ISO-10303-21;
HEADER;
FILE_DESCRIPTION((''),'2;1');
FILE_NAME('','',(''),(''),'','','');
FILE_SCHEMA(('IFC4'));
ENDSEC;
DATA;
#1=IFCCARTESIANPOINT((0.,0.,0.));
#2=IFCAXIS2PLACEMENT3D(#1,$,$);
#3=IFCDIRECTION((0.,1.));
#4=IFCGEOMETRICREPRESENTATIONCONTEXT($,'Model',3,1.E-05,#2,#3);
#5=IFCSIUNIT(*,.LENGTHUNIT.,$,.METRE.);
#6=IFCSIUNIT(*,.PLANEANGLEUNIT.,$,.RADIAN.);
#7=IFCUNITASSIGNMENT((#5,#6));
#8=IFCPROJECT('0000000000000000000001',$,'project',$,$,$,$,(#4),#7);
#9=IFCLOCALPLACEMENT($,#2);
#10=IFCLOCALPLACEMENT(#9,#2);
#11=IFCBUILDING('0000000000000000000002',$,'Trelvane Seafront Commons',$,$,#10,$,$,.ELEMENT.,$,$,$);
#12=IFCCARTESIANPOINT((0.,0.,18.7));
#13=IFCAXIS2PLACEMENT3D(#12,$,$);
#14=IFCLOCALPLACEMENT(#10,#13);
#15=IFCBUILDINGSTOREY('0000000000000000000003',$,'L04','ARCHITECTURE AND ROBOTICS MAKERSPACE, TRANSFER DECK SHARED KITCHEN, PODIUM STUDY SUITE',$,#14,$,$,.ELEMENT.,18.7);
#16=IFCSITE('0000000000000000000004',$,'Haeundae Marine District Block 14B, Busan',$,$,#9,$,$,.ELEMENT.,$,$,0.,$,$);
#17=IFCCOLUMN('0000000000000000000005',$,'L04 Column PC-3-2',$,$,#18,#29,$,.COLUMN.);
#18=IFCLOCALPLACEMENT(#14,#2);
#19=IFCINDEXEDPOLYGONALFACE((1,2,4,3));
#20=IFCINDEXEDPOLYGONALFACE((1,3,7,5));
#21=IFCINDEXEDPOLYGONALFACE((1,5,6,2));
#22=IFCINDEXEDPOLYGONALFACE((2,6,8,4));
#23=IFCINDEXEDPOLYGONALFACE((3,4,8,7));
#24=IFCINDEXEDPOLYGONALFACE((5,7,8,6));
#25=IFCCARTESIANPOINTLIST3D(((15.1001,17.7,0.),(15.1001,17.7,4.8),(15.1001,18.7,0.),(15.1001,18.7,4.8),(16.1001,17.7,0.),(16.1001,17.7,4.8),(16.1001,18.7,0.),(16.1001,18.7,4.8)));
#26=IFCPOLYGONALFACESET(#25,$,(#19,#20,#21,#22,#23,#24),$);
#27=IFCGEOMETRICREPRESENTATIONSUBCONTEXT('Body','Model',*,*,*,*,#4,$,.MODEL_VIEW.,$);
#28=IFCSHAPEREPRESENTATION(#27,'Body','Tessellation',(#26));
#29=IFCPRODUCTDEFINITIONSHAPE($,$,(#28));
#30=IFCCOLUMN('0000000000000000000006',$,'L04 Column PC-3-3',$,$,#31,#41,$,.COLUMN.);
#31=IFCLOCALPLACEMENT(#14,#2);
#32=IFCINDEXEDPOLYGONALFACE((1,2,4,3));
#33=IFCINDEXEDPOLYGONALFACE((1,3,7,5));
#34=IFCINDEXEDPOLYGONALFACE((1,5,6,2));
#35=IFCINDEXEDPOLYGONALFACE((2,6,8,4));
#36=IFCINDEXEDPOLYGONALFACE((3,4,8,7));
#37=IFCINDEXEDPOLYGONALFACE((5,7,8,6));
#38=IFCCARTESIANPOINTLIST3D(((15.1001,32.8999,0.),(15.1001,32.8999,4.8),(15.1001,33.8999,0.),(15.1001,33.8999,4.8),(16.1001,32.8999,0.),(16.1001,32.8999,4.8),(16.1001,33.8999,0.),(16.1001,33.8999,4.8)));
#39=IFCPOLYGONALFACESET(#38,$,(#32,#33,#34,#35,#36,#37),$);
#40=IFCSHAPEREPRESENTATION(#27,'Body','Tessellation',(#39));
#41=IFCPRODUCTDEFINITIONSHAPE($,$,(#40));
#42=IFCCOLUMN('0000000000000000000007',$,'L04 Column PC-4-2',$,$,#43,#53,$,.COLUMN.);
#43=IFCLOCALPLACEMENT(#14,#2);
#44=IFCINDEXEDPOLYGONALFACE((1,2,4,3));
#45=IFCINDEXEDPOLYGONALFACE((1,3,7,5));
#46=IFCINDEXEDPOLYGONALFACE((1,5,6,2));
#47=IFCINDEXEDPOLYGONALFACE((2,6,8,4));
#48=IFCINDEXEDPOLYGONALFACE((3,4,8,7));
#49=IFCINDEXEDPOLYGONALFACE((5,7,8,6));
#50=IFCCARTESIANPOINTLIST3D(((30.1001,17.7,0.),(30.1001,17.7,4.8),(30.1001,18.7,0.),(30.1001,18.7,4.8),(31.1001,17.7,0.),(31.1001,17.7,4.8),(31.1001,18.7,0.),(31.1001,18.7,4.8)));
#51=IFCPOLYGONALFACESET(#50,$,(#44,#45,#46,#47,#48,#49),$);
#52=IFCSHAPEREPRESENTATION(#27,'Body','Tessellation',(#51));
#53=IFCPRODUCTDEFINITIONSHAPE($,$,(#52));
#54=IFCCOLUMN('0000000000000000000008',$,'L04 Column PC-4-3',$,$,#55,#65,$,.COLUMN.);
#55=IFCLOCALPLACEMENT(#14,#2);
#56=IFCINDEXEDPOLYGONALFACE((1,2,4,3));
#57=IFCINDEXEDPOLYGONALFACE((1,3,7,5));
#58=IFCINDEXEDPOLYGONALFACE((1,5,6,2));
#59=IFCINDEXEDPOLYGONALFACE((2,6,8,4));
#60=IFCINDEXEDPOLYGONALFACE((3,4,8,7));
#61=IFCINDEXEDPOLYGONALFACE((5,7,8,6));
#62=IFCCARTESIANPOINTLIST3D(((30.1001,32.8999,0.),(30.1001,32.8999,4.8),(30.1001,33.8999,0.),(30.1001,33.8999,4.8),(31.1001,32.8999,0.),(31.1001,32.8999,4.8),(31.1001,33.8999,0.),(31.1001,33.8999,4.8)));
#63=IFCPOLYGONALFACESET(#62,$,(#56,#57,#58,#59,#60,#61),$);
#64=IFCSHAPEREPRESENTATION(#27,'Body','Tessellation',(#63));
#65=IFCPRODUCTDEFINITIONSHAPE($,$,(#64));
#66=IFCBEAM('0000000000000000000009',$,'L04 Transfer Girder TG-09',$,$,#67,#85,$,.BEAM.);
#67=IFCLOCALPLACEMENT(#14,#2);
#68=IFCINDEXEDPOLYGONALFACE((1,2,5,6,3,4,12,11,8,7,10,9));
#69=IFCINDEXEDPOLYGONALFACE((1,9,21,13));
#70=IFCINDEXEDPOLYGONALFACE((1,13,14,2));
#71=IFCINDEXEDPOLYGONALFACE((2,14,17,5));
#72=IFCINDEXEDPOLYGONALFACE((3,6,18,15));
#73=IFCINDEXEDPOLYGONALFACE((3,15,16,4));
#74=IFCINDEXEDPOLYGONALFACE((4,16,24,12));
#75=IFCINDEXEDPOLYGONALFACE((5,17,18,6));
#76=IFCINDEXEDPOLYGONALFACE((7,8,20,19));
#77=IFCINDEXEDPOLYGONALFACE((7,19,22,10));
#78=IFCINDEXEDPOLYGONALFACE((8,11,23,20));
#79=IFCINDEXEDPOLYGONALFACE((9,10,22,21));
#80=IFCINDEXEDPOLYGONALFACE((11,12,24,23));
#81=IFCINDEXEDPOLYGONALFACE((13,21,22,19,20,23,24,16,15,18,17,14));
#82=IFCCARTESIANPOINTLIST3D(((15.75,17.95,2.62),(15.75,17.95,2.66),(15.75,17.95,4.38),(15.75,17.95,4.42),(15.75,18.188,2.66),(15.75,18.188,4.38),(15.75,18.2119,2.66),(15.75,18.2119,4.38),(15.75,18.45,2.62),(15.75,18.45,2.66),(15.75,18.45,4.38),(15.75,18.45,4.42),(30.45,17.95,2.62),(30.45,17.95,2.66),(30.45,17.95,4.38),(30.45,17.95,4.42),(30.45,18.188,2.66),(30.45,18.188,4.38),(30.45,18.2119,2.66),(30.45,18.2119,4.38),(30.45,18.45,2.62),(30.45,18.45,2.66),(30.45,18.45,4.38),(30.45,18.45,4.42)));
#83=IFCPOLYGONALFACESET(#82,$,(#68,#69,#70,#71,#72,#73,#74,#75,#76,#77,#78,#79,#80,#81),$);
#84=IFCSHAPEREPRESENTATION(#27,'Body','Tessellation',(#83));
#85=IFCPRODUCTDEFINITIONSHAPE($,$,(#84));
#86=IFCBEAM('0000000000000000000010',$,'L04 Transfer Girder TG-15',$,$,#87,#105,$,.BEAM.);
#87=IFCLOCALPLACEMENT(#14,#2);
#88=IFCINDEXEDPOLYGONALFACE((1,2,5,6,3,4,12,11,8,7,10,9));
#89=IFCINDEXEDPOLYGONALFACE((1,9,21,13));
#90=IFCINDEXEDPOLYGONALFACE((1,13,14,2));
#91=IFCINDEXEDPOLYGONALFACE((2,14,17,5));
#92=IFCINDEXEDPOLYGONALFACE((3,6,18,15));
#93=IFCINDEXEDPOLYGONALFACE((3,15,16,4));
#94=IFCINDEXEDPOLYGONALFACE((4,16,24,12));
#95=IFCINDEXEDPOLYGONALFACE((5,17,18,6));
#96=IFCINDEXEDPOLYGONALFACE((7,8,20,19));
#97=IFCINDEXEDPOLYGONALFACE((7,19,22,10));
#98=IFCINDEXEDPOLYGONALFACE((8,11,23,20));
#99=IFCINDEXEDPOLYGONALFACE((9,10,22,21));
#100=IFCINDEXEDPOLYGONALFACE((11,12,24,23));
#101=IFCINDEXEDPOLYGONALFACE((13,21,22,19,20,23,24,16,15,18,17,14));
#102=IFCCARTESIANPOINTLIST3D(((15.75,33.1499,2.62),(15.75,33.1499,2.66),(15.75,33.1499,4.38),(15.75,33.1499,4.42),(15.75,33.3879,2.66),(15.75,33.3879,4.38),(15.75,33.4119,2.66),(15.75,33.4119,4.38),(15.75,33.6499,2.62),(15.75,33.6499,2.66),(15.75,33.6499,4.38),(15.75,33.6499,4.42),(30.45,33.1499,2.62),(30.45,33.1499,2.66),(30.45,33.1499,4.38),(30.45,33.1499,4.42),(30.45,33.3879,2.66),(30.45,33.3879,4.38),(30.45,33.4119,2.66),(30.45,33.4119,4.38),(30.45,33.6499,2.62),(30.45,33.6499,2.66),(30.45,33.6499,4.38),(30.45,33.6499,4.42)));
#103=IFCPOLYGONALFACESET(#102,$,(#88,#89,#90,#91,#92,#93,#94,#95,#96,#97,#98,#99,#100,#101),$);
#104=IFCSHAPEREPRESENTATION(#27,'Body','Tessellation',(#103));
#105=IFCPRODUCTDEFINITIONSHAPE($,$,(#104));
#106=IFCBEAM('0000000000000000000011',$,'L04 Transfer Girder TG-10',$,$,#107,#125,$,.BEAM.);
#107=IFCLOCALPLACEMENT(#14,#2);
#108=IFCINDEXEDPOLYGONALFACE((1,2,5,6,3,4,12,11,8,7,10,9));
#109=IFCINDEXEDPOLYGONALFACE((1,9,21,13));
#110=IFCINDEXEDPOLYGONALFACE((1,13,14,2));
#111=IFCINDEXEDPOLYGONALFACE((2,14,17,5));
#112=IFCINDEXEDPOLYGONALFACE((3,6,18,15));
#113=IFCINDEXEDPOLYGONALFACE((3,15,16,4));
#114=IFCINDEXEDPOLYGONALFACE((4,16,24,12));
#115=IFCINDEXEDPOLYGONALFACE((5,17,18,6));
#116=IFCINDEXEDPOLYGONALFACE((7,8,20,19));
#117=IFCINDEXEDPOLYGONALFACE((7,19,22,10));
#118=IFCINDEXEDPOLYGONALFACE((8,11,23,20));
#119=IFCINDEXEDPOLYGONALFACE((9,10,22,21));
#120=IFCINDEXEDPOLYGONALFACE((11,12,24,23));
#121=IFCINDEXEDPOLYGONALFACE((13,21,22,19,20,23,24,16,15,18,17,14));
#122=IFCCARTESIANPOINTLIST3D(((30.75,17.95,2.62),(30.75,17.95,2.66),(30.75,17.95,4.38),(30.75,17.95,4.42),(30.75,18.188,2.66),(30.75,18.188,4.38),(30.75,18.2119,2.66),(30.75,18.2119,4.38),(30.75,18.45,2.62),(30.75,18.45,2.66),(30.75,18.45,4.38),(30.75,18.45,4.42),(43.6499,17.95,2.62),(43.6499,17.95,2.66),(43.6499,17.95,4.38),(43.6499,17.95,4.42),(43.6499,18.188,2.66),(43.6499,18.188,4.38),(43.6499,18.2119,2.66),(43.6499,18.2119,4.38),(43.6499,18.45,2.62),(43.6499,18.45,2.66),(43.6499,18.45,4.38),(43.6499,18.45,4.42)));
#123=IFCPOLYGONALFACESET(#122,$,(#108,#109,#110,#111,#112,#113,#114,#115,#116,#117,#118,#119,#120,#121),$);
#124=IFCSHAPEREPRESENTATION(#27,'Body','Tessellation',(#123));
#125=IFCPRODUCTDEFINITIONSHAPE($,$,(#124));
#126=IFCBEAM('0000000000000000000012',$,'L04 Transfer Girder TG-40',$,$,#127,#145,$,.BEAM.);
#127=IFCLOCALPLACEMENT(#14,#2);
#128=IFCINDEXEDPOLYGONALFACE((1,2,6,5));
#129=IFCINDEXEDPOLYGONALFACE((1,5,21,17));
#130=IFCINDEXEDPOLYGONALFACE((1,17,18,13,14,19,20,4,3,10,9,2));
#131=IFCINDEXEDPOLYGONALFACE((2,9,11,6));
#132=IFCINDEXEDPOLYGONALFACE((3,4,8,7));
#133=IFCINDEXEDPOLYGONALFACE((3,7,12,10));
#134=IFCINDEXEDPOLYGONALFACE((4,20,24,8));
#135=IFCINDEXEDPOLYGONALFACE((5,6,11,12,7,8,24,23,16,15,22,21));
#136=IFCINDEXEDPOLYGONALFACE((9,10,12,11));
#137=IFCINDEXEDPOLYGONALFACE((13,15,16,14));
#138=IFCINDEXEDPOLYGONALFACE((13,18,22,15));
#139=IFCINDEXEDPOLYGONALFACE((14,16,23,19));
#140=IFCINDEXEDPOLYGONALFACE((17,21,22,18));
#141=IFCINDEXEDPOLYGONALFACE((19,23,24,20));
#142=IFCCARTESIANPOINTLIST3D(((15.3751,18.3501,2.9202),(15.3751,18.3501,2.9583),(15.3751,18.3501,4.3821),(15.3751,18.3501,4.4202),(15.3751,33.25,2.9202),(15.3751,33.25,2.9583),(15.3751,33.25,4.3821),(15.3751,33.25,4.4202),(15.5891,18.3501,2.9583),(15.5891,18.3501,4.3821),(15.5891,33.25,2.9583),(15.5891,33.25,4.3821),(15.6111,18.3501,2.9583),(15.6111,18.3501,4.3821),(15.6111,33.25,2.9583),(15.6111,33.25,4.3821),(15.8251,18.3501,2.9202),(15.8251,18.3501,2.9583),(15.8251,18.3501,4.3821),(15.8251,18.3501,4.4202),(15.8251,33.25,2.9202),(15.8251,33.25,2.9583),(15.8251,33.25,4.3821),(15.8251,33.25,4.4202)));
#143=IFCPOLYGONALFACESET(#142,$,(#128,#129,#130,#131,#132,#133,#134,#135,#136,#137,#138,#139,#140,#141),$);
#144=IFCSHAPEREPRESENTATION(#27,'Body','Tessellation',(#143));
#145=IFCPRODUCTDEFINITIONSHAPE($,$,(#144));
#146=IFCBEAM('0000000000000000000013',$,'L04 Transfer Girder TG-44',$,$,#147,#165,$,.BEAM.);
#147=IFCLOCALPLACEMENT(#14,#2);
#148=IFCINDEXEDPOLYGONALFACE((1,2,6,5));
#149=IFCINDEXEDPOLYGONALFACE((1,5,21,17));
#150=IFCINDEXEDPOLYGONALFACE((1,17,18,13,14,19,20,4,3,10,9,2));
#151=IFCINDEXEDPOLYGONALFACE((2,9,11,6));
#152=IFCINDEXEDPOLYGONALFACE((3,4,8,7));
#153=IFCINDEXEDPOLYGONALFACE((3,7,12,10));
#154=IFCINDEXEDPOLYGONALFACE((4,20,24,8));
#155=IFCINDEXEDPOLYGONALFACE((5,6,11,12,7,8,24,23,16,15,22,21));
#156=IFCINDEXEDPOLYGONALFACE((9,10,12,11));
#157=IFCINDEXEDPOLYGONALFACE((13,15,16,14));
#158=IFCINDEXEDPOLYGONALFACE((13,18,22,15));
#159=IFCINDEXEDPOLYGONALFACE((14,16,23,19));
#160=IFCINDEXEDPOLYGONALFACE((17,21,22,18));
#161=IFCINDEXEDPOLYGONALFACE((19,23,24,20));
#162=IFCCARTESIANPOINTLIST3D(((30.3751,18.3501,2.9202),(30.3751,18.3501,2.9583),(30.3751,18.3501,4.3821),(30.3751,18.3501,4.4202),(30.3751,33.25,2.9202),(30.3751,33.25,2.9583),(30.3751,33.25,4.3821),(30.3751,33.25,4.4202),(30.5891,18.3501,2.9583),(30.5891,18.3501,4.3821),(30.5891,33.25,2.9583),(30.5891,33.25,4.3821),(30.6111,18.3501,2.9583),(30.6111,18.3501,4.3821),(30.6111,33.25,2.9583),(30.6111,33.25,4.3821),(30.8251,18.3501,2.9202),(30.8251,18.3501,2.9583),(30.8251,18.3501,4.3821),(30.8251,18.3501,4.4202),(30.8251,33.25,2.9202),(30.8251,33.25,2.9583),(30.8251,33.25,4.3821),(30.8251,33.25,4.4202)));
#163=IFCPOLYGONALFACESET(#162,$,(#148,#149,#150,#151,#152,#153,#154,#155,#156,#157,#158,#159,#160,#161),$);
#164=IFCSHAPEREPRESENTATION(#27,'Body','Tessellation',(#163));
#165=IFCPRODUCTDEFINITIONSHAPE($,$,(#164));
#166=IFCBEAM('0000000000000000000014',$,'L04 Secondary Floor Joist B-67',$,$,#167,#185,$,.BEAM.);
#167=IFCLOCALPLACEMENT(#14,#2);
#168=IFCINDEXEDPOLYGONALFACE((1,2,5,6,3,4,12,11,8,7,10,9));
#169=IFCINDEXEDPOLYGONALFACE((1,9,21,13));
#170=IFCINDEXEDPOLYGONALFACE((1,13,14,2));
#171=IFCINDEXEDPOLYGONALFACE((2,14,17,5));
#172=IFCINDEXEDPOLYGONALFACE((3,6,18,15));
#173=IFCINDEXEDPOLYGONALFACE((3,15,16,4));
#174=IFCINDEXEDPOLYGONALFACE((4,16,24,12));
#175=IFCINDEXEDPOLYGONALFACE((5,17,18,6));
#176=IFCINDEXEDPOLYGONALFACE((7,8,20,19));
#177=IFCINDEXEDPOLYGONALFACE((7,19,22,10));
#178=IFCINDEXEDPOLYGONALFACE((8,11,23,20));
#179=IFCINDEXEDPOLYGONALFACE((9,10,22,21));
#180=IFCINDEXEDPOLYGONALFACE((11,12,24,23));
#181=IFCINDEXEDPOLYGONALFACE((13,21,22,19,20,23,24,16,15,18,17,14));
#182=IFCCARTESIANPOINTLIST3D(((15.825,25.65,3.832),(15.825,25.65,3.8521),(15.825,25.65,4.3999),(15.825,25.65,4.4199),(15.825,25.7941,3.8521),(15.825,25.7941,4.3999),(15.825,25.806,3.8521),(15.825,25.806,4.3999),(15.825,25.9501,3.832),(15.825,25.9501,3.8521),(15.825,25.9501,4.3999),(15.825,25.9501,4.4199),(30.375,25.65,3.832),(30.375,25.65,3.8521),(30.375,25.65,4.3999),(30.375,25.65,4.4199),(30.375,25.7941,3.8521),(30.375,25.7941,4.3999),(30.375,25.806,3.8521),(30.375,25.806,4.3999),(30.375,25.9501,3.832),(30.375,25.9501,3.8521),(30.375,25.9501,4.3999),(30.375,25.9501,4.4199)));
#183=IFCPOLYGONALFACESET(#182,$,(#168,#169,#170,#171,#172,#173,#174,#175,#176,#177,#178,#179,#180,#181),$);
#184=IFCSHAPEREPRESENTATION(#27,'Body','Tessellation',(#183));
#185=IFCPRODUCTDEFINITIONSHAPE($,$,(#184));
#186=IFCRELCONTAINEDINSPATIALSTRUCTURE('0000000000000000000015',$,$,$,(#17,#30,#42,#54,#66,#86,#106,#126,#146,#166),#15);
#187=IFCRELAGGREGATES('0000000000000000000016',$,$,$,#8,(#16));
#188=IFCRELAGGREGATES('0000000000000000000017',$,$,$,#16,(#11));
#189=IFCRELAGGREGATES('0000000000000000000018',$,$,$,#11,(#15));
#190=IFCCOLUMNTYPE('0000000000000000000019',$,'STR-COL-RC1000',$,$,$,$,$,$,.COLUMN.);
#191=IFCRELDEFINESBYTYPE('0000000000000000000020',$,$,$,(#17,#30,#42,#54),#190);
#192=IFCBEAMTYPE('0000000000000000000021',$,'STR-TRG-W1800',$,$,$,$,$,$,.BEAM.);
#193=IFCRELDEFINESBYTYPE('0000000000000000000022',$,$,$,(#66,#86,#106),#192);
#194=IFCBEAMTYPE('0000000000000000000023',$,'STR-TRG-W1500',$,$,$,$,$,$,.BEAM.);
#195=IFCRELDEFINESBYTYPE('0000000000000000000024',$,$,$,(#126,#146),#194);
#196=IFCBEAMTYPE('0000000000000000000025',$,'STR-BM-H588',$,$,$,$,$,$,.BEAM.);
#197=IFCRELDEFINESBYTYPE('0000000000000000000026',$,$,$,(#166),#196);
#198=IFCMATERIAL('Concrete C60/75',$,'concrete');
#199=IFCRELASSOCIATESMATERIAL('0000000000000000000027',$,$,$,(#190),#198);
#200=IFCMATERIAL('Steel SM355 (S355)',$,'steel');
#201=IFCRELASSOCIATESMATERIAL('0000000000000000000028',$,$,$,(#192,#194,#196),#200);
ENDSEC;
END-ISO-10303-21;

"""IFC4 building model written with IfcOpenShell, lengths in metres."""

from ifc_helpers import new_model, si_unit, direction, frame, origin, origin_2d, place, context, subcontext, project, spatial, rectangle, i_section, extrude, source, transform, mapped, material, material_profile, profile_set, type_object, element, save


model = new_model("IFC4")

# Units and contexts
model_context = context("Model", 3, precision=1e-05, world=origin(), true_north=direction((0.0, 1.0)))
body_context = subcontext(model_context, "Body", "Model", "MODEL_VIEW")
ifc_project = project(units=[si_unit("LENGTHUNIT", "METRE"), si_unit("PLANEANGLEUNIT", "RADIAN")], contexts=[model_context])

# Site, building, storey
site_placement = place(None, origin())
site = spatial("IfcSite", under=ifc_project, at=site_placement, Name="Haeundae Marine District Block 14B, Busan", CompositionType="ELEMENT", RefElevation=0.0)
building_placement = place(site_placement, origin())
building = spatial("IfcBuilding", under=site, at=building_placement, Name="Trelvane Seafront Commons", CompositionType="ELEMENT")
storey_placement = place(building_placement, frame((0.0, 0.0, 18.7)))
storey = spatial("IfcBuildingStorey", under=building, at=storey_placement, Name="L04", Description="ARCHITECTURE AND ROBOTICS MAKERSPACE, TRANSFER DECK SHARED KITCHEN, PODIUM STUDY SUITE", CompositionType="ELEMENT", Elevation=18.7)

# Columns
ifc_material_1 = material(Name="Concrete C60/75", Category="concrete")
ifc_material_profile_1 = material_profile(ifc_material_1, rectangle(XDim=1.0, YDim=1.0, at=origin_2d()), Name="RC-1000x1000")
ifc_profile_set_1 = profile_set([ifc_material_profile_1], Name="Concrete C60/75")
column_type = type_object("IfcColumnType", Name="STR-COL-RC1000", PredefinedType="COLUMN", material=ifc_profile_set_1)
shared_shape_1 = source(origin(), body_context, "Body", "SweptSolid", [
    extrude(rectangle(XDim=1.0, YDim=1.0, at=origin_2d()), origin(), (0.0, 0.0, 1.0), 4.8),
])
for number, where, z_axis, x_axis, name in (
    (1, (15.6001, 18.2, 0.0), (0.0, 0.0, 1.0), (1.0, 0.0, 0.0), "L04 Column PC-3-2"),
    (2, (15.6001, 33.3999, 0.0), (0.0, 0.0, 1.0), (1.0, 0.0, 0.0), "L04 Column PC-3-3"),
    (3, (30.6001, 18.2, 0.0), (0.0, 0.0, 1.0), (1.0, 0.0, 0.0), "L04 Column PC-4-2"),
    (4, (30.6001, 33.3999, 0.0), (0.0, 0.0, 1.0), (1.0, 0.0, 0.0), "L04 Column PC-4-3"),
):
    element("IfcColumn", number, at=place(storey_placement, frame(where, z_axis=z_axis, x_axis=x_axis)), inside=storey, type_object=column_type, Name=name, PredefinedType="COLUMN", context=body_context, shape_type="MappedRepresentation", body=[
        mapped(shared_shape_1, transform((0.0, 0.0, 0.0), x_axis=(1.0, 0.0, 0.0), y_axis=(0.0, 1.0, 0.0), z_axis=(0.0, 0.0, 1.0), scale=1.0)),
    ])

# Beams
ifc_material_2 = material(Name="Steel SM355 (S355)", Category="steel")
ifc_material_profile_2 = material_profile(ifc_material_2, i_section(OverallWidth=0.5, OverallDepth=1.8, WebThickness=0.0239, FlangeThickness=0.04, at=origin_2d()), Name="W-1800x500x24x40")
ifc_profile_set_2 = profile_set([ifc_material_profile_2], Name="Steel SM355 (S355)")
beam_type_1 = type_object("IfcBeamType", Name="STR-TRG-W1800", PredefinedType="BEAM", material=ifc_profile_set_2)
shared_shape_2 = source(origin(), body_context, "Body", "SweptSolid", [
    extrude(i_section(OverallWidth=0.5, OverallDepth=1.8, WebThickness=0.0239, FlangeThickness=0.04, at=origin_2d()), origin(), (0.0, 0.0, 1.0), 14.7),
])
for number, where, z_axis, x_axis, name in (
    (5, (15.75, 18.2, 3.52), (1.0, 0.0, 0.0), (0.0, 1.0, 0.0), "L04 Transfer Girder TG-09"),
    (6, (15.75, 33.3999, 3.52), (1.0, 0.0, 0.0), (0.0, 1.0, 0.0), "L04 Transfer Girder TG-15"),
):
    element("IfcBeam", number, at=place(storey_placement, frame(where, z_axis=z_axis, x_axis=x_axis)), inside=storey, type_object=beam_type_1, Name=name, PredefinedType="BEAM", context=body_context, shape_type="MappedRepresentation", body=[
        mapped(shared_shape_2, transform((0.0, 0.0, 0.0), x_axis=(1.0, 0.0, 0.0), y_axis=(0.0, 1.0, 0.0), z_axis=(0.0, 0.0, 1.0), scale=1.0)),
    ])
shared_shape_3 = source(origin(), body_context, "Body", "SweptSolid", [
    extrude(i_section(OverallWidth=0.5, OverallDepth=1.8, WebThickness=0.0239, FlangeThickness=0.04, at=origin_2d()), origin(), (0.0, 0.0, 1.0), 12.8999),
])
beam_1_placement = place(storey_placement, frame((30.75, 18.2, 3.52), z_axis=(1.0, 0.0, 0.0), x_axis=(0.0, 1.0, 0.0)))
element("IfcBeam", 7, at=beam_1_placement, inside=storey, type_object=beam_type_1, Name="L04 Transfer Girder TG-10", PredefinedType="BEAM", context=body_context, shape_type="MappedRepresentation", body=[
    mapped(shared_shape_3, transform((0.0, 0.0, 0.0), x_axis=(1.0, 0.0, 0.0), y_axis=(0.0, 1.0, 0.0), z_axis=(0.0, 0.0, 1.0), scale=1.0)),
])
ifc_material_profile_3 = material_profile(ifc_material_2, i_section(OverallWidth=0.45, OverallDepth=1.5, WebThickness=0.022, FlangeThickness=0.0381, at=origin_2d()), Name="W-1500x450x22x38")
ifc_profile_set_3 = profile_set([ifc_material_profile_3], Name="Steel SM355 (S355)")
beam_type_2 = type_object("IfcBeamType", Name="STR-TRG-W1500", PredefinedType="BEAM", material=ifc_profile_set_3)
shared_shape_4 = source(origin(), body_context, "Body", "SweptSolid", [
    extrude(i_section(OverallWidth=0.45, OverallDepth=1.5, WebThickness=0.022, FlangeThickness=0.0381, at=origin_2d()), origin(), (0.0, 0.0, 1.0), 14.8999),
])
for number, where, z_axis, x_axis, name in (
    (8, (15.6001, 18.3501, 3.6702), (0.0, 1.0, 0.0), (-1.0, 0.0, 0.0), "L04 Transfer Girder TG-40"),
    (9, (30.6001, 18.3501, 3.6702), (0.0, 1.0, 0.0), (-1.0, 0.0, 0.0), "L04 Transfer Girder TG-44"),
):
    element("IfcBeam", number, at=place(storey_placement, frame(where, z_axis=z_axis, x_axis=x_axis)), inside=storey, type_object=beam_type_2, Name=name, PredefinedType="BEAM", context=body_context, shape_type="MappedRepresentation", body=[
        mapped(shared_shape_4, transform((0.0, 0.0, 0.0), x_axis=(1.0, 0.0, 0.0), y_axis=(0.0, 1.0, 0.0), z_axis=(0.0, 0.0, 1.0), scale=1.0)),
    ])
ifc_material_profile_4 = material_profile(ifc_material_2, i_section(OverallWidth=0.3, OverallDepth=0.5879, WebThickness=0.012, FlangeThickness=0.02, at=origin_2d()), Name="H-588x300x12x20")
ifc_profile_set_4 = profile_set([ifc_material_profile_4], Name="Steel SM355 (S355)")
beam_type_3 = type_object("IfcBeamType", Name="STR-BM-H588", PredefinedType="BEAM", material=ifc_profile_set_4)
shared_shape_5 = source(origin(), body_context, "Body", "SweptSolid", [
    extrude(i_section(OverallWidth=0.3, OverallDepth=0.5879, WebThickness=0.012, FlangeThickness=0.02, at=origin_2d()), origin(), (0.0, 0.0, 1.0), 14.55),
])
beam_2_placement = place(storey_placement, frame((15.825, 25.8, 4.126), z_axis=(1.0, 0.0, 0.0), x_axis=(0.0, 1.0, 0.0)))
element("IfcBeam", 10, at=beam_2_placement, inside=storey, type_object=beam_type_3, Name="L04 Secondary Floor Joist B-67", PredefinedType="BEAM", context=body_context, shape_type="MappedRepresentation", body=[
    mapped(shared_shape_5, transform((0.0, 0.0, 0.0), x_axis=(1.0, 0.0, 0.0), y_axis=(0.0, 1.0, 0.0), z_axis=(0.0, 0.0, 1.0), scale=1.0)),
])

save(model, "model.ifc")
